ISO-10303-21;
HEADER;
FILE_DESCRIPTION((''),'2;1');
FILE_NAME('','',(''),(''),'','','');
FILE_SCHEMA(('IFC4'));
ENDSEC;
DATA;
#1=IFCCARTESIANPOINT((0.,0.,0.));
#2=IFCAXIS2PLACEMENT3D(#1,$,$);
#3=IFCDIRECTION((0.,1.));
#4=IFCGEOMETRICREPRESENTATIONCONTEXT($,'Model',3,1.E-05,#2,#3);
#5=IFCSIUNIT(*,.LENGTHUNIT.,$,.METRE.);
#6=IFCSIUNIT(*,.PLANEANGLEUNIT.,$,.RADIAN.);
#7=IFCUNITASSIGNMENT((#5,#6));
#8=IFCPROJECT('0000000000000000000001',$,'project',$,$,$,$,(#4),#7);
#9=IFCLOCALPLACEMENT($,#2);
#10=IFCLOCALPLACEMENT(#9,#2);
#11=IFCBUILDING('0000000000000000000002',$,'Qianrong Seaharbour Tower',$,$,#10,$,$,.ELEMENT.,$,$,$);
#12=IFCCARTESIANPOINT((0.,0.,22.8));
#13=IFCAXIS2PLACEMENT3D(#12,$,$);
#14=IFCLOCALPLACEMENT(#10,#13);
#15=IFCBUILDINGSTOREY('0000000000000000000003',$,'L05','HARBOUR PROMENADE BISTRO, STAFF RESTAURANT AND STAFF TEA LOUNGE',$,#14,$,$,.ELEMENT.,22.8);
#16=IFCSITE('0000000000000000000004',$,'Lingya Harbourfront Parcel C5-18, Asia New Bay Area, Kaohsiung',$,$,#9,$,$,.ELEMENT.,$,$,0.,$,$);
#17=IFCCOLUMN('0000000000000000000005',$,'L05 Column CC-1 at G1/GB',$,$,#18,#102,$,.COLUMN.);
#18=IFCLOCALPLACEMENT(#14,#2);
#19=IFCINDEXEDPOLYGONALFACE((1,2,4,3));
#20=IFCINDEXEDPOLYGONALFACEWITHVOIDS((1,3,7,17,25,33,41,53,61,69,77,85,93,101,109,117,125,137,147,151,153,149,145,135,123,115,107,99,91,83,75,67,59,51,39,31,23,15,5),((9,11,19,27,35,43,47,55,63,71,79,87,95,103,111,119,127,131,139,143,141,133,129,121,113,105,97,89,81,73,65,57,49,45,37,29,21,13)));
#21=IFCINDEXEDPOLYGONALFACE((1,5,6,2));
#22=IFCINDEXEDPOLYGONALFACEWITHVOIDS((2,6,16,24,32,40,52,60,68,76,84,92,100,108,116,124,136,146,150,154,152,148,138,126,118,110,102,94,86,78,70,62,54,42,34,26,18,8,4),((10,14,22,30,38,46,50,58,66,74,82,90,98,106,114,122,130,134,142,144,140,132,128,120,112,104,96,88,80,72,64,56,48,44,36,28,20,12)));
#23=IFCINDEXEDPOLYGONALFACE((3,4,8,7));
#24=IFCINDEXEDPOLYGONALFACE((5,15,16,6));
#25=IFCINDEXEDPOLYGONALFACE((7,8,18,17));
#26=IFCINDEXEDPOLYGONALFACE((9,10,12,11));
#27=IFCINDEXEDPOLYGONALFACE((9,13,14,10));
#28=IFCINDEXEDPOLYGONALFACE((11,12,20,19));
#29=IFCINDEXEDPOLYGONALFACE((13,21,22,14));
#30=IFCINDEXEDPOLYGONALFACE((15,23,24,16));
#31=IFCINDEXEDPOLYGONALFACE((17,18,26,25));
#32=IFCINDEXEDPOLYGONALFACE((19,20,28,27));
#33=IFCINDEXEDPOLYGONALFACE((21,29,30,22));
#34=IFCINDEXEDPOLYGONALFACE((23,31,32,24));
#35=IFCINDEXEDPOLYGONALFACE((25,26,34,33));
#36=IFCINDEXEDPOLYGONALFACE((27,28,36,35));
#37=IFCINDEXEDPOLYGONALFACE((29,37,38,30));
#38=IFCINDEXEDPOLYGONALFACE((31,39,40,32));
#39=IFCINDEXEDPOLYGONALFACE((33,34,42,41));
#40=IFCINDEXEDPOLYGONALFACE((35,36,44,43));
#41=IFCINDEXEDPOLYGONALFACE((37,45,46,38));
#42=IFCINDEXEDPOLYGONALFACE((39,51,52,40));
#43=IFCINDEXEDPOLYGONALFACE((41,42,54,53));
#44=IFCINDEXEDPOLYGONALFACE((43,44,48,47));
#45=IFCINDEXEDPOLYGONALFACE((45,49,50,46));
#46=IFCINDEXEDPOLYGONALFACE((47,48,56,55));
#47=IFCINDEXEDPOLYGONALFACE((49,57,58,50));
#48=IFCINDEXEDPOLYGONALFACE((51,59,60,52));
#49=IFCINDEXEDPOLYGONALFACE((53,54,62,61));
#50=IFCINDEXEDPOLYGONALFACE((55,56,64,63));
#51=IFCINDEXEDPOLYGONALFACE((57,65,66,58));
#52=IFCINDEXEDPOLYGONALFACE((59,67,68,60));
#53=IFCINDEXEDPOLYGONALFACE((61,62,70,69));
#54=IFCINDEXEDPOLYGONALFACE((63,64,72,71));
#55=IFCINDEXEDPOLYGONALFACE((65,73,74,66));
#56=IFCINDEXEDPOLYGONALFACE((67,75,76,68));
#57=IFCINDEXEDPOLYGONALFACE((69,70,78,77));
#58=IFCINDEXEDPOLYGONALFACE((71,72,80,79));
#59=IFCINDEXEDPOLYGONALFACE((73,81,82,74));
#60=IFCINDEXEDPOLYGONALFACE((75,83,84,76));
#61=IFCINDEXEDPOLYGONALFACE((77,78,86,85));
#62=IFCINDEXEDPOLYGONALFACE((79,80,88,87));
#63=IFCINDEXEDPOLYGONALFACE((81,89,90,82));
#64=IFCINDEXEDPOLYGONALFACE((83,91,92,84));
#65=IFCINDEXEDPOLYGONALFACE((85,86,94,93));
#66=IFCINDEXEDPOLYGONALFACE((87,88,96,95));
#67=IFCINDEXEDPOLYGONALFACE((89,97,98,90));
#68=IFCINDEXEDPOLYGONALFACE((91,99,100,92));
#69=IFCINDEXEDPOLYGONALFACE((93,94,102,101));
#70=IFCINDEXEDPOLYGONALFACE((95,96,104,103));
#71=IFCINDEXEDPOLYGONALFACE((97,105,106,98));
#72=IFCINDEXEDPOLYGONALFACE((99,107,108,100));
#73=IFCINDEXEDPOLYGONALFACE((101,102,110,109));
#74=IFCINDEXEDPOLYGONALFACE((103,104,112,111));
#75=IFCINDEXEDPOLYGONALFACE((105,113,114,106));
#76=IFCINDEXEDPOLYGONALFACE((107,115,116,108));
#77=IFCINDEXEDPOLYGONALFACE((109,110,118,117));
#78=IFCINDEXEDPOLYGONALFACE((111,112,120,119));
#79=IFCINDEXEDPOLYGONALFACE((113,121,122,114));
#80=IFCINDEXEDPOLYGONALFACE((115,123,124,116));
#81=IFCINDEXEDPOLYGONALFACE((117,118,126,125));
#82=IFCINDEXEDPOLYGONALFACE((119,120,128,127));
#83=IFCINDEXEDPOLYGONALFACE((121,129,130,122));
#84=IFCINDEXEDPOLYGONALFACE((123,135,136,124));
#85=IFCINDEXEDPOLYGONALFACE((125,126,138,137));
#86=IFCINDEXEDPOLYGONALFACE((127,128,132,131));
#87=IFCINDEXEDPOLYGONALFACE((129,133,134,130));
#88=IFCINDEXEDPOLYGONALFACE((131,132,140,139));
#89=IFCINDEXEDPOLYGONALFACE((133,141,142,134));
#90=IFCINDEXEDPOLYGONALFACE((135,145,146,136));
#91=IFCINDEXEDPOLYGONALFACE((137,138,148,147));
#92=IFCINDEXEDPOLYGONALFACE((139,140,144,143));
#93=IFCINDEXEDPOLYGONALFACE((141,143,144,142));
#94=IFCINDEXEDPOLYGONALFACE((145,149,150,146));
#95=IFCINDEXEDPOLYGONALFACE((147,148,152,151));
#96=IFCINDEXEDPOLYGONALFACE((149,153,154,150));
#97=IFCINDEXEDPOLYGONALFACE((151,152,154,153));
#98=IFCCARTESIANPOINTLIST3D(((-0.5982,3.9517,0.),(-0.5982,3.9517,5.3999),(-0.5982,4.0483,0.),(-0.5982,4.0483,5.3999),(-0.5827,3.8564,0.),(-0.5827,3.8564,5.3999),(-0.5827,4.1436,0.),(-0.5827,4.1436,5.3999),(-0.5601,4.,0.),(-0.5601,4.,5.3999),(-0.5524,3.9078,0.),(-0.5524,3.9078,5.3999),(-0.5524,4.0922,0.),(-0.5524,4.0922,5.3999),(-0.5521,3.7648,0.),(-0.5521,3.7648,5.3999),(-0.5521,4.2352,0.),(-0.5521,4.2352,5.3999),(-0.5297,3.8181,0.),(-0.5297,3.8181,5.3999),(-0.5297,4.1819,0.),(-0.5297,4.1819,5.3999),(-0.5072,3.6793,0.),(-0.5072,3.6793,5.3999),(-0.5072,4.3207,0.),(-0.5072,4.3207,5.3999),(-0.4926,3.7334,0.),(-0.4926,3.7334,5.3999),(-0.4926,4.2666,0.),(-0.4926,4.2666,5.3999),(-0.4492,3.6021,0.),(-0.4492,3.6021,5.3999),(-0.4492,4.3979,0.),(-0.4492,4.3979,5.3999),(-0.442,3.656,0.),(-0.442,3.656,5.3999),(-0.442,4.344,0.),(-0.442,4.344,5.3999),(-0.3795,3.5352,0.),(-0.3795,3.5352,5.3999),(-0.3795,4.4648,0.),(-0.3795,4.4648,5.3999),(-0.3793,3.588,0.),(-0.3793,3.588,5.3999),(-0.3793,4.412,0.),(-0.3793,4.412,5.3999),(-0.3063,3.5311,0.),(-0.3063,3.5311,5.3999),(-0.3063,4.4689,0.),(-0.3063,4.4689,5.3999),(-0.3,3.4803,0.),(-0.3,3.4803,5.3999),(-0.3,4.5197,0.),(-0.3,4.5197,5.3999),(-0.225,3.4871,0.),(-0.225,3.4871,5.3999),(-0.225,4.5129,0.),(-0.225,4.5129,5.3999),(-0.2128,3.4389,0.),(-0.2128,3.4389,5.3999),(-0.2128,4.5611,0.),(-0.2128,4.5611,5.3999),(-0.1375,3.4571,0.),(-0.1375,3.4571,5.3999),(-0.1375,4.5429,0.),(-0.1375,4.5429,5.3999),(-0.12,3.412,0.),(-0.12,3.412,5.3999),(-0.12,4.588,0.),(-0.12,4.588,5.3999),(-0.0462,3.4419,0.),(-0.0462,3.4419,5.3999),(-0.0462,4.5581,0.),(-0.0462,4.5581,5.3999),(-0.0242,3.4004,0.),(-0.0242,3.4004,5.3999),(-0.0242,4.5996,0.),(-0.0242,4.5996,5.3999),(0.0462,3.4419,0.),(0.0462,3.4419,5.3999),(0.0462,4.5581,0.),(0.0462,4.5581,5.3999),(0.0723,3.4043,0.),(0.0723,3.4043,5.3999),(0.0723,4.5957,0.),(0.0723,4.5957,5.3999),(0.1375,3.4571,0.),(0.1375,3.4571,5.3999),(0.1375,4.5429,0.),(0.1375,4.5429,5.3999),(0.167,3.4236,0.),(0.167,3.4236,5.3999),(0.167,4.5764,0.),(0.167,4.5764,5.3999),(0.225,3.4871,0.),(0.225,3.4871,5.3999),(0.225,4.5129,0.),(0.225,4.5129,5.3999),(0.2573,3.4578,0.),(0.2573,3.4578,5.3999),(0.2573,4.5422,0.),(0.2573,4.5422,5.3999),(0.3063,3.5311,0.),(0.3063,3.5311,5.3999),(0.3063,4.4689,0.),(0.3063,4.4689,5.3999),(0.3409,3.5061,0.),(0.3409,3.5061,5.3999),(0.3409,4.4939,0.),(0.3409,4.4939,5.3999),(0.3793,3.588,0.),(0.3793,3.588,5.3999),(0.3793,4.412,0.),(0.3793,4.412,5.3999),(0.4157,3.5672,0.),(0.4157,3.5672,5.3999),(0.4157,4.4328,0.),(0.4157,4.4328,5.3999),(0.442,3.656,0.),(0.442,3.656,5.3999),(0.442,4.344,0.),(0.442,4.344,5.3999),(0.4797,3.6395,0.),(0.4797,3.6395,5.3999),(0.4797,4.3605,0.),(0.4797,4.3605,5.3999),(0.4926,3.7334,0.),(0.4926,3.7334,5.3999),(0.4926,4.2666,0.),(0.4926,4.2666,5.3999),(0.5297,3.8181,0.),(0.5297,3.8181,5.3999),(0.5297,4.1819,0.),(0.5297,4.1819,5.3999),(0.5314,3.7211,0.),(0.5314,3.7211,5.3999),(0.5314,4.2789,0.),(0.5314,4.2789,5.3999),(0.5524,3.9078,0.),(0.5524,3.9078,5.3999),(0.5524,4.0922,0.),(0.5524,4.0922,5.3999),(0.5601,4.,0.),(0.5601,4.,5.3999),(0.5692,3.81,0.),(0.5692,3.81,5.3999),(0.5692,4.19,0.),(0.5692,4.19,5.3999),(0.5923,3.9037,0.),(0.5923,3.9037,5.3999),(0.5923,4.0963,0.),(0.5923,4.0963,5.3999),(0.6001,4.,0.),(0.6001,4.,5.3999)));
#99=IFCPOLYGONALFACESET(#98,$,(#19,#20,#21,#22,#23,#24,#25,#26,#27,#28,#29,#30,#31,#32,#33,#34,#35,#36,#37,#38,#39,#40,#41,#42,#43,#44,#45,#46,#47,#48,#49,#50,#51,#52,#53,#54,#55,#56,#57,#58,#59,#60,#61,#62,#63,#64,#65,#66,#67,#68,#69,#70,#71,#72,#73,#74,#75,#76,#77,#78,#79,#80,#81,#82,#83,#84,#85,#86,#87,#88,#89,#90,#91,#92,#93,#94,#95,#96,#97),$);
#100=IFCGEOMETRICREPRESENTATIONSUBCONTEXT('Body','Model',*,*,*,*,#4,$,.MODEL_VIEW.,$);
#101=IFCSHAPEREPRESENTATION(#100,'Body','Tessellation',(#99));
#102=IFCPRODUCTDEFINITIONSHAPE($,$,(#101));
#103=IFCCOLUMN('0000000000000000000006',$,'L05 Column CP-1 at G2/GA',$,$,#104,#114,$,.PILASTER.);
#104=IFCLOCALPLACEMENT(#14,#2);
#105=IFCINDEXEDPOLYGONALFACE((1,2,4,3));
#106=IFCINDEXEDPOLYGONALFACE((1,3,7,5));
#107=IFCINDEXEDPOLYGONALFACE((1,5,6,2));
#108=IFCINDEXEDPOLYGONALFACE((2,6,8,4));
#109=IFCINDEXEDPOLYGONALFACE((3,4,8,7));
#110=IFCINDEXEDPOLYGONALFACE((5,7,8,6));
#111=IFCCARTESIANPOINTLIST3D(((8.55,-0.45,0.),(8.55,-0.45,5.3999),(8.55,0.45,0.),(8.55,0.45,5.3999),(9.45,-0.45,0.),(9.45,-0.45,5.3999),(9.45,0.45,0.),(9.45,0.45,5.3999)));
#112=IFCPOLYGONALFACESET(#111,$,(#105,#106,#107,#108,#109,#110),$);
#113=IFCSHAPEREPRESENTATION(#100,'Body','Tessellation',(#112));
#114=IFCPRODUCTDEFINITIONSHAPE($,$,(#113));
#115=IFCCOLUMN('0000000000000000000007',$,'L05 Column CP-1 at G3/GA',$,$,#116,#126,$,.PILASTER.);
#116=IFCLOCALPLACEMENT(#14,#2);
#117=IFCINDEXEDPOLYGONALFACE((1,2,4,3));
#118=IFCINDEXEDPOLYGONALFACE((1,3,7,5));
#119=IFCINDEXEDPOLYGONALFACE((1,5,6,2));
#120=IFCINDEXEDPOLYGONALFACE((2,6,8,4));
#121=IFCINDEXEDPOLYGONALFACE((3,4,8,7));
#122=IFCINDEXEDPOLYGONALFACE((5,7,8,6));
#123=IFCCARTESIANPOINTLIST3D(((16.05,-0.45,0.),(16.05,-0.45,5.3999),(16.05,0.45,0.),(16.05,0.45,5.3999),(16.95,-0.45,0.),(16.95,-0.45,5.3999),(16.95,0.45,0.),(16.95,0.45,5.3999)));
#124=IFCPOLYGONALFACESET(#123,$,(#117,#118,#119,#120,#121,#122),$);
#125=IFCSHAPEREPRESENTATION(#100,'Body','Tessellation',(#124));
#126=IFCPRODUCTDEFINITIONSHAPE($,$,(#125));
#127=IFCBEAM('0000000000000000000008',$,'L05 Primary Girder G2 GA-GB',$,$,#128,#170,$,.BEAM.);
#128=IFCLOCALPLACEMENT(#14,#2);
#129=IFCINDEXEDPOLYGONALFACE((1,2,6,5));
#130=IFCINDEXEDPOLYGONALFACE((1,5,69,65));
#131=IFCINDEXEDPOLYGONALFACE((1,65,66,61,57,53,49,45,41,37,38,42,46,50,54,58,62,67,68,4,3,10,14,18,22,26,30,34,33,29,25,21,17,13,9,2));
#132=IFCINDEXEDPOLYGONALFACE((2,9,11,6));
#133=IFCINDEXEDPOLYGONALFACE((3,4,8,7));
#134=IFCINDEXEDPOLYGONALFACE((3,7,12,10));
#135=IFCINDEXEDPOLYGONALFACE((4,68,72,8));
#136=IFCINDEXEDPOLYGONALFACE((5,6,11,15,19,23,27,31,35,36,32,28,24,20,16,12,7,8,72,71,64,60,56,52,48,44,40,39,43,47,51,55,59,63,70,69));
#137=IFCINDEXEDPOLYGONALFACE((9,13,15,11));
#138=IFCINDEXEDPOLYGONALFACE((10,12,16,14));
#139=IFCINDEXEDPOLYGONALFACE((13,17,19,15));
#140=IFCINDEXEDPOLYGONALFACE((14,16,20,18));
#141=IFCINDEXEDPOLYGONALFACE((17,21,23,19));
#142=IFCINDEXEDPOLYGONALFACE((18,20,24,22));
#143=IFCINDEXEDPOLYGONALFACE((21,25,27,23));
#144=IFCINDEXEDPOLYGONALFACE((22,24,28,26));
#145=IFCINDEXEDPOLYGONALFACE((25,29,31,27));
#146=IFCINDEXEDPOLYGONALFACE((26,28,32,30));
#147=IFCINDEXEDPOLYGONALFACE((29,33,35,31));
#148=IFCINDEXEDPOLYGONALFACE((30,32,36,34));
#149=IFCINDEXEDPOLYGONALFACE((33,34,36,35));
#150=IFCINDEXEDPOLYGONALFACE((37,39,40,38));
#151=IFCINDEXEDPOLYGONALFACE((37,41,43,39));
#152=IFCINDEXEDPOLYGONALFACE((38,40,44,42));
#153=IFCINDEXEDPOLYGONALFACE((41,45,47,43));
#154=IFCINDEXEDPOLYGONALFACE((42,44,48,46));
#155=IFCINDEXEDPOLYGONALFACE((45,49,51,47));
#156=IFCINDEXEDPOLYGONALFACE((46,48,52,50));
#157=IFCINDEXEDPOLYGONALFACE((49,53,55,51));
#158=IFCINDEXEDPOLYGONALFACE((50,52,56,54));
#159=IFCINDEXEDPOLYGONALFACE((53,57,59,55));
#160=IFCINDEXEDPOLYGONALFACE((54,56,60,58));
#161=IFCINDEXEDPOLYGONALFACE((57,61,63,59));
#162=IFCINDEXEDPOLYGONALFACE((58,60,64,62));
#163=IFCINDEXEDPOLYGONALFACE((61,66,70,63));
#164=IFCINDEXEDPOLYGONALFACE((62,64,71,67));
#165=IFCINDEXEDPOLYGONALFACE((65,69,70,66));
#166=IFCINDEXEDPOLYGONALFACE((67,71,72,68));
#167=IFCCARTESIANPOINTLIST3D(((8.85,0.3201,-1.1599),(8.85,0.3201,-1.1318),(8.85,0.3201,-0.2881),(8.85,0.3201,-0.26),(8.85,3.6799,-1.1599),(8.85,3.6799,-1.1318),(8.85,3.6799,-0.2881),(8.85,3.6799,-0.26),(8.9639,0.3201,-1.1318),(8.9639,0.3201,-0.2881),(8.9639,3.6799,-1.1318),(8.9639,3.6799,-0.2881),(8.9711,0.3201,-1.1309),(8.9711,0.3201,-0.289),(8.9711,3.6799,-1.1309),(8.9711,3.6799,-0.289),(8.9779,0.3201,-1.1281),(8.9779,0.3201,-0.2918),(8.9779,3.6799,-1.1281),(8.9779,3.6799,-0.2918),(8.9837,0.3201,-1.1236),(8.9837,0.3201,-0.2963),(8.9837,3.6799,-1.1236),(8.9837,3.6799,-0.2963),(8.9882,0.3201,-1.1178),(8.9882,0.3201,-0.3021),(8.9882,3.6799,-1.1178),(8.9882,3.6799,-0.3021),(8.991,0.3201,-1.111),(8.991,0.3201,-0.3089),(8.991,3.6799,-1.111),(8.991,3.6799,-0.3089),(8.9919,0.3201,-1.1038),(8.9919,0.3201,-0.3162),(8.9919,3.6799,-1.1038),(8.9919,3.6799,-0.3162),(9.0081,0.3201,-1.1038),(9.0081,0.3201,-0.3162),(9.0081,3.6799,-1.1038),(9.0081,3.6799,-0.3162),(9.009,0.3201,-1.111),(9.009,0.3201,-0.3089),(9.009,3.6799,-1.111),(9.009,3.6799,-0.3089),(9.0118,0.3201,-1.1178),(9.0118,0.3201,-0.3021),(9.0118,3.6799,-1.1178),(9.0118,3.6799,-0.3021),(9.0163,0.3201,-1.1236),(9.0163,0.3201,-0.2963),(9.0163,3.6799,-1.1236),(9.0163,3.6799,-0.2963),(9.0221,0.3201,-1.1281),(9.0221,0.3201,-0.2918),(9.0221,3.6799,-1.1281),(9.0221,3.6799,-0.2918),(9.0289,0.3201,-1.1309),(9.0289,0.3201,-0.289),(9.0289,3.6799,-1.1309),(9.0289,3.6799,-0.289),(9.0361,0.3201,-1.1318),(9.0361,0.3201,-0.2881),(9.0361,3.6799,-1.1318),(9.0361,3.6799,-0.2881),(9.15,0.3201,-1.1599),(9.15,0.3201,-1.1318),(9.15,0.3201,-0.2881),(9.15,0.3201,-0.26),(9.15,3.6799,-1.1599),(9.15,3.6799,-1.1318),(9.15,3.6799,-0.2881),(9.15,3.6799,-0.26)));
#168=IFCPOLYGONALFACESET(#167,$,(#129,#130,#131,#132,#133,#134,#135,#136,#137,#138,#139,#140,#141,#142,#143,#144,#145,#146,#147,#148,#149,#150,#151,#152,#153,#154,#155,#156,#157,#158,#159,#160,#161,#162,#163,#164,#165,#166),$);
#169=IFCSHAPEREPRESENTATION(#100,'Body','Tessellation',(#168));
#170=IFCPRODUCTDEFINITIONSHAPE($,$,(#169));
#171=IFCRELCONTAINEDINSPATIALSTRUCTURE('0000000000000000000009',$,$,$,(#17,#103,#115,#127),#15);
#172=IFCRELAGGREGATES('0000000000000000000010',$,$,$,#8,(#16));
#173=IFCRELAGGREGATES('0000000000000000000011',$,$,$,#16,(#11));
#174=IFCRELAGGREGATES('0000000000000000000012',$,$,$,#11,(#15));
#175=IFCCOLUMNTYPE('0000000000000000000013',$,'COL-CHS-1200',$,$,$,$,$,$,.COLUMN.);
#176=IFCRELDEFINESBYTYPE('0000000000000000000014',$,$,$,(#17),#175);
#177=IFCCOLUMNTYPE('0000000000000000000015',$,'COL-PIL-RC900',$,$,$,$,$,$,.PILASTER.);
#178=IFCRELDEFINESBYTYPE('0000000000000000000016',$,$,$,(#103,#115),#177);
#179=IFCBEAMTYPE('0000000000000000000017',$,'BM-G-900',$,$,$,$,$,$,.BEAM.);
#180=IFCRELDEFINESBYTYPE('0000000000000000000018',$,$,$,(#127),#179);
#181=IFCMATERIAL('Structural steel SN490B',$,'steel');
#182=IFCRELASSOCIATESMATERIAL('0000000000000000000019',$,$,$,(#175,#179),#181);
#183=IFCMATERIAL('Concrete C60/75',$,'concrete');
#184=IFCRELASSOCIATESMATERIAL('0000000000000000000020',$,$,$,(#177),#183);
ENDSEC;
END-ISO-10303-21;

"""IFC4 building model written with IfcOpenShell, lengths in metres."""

from ifc_helpers import new_model, si_unit, direction, frame, origin, origin_2d, place, context, subcontext, project, spatial, rectangle, hollow_circle, i_section, extrude, material, material_profile, profile_set, type_object, element, save


model = new_model("IFC4")

# Units and contexts
model_context = context("Model", 3, precision=1e-05, world=origin(), true_north=direction((0.0, 1.0)))
body_context = subcontext(model_context, "Body", "Model", "MODEL_VIEW")
ifc_project = project(units=[si_unit("LENGTHUNIT", "METRE"), si_unit("PLANEANGLEUNIT", "RADIAN")], contexts=[model_context])

# Site, building, storey
site_placement = place(None, origin())
site = spatial("IfcSite", under=ifc_project, at=site_placement, Name="Lingya Harbourfront Parcel C5-18, Asia New Bay Area, Kaohsiung", CompositionType="ELEMENT", RefElevation=0.0)
building_placement = place(site_placement, origin())
building = spatial("IfcBuilding", under=site, at=building_placement, Name="Qianrong Seaharbour Tower", CompositionType="ELEMENT")
storey_placement = place(building_placement, frame((0.0, 0.0, 22.8)))
storey = spatial("IfcBuildingStorey", under=building, at=storey_placement, Name="L05", Description="HARBOUR PROMENADE BISTRO, STAFF RESTAURANT AND STAFF TEA LOUNGE", CompositionType="ELEMENT", Elevation=22.8)

# Columns
ifc_material_1 = material(Name="Structural steel SN490B", Category="steel")
ifc_material_profile_1 = material_profile(ifc_material_1, hollow_circle(Radius=0.6001, WallThickness=0.04, at=origin_2d()), Name="CHS1200x40")
ifc_profile_set_1 = profile_set([ifc_material_profile_1], Name="Structural steel SN490B")
column_type_1 = type_object("IfcColumnType", Name="COL-CHS-1200", PredefinedType="COLUMN", material=ifc_profile_set_1)
column_placement = place(storey_placement, frame((0.0, 4.0, 0.0), z_axis=(0.0, 0.0, 1.0), x_axis=(1.0, 0.0, 0.0)))
element("IfcColumn", 1, at=column_placement, inside=storey, type_object=column_type_1, Name="L05 Column CC-1 at G1/GB", PredefinedType="COLUMN", context=body_context, shape_type="SweptSolid", body=[
    extrude(hollow_circle(Radius=0.6001, WallThickness=0.04, at=origin_2d()), origin(), (0.0, 0.0, 1.0), 5.3999),
])
ifc_material_2 = material(Name="Concrete C60/75", Category="concrete")
ifc_material_profile_2 = material_profile(ifc_material_2, rectangle(XDim=0.8999, YDim=0.8999, at=origin_2d()), Name="RC900x900")
ifc_profile_set_2 = profile_set([ifc_material_profile_2], Name="Concrete C60/75")
column_type_2 = type_object("IfcColumnType", Name="COL-PIL-RC900", PredefinedType="PILASTER", material=ifc_profile_set_2)
for number, where, z_axis, x_axis, name in (
    (2, (9.0, 0.0, 0.0), (0.0, 0.0, 1.0), (1.0, 0.0, 0.0), "L05 Column CP-1 at G2/GA"),
    (3, (16.5, 0.0, 0.0), (0.0, 0.0, 1.0), (1.0, 0.0, 0.0), "L05 Column CP-1 at G3/GA"),
):
    element("IfcColumn", number, at=place(storey_placement, frame(where, z_axis=z_axis, x_axis=x_axis)), inside=storey, type_object=column_type_2, Name=name, PredefinedType="PILASTER", context=body_context, shape_type="SweptSolid", body=[
        extrude(rectangle(XDim=0.8999, YDim=0.8999, at=origin_2d()), origin(), (0.0, 0.0, 1.0), 5.3999),
    ])

# Beam
ifc_material_profile_3 = material_profile(ifc_material_1, i_section(OverallWidth=0.3, OverallDepth=0.8999, WebThickness=0.0161, FlangeThickness=0.0281, FilletRadius=0.0281, at=origin_2d()), Name="H900x300x16x28")
ifc_profile_set_3 = profile_set([ifc_material_profile_3], Name="Structural steel SN490B")
beam_type_1 = type_object("IfcBeamType", Name="BM-G-900", PredefinedType="BEAM", material=ifc_profile_set_3)
beam_1_placement = place(storey_placement, frame((9.0, 0.3201, -0.71), z_axis=(0.0, 1.0, 0.0), x_axis=(-1.0, 0.0, 0.0)))
element("IfcBeam", 4, at=beam_1_placement, inside=storey, type_object=beam_type_1, Name="L05 Primary Girder G2 GA-GB", PredefinedType="BEAM", context=body_context, shape_type="SweptSolid", body=[
    extrude(i_section(OverallWidth=0.3, OverallDepth=0.8999, WebThickness=0.0161, FlangeThickness=0.0281, FilletRadius=0.0281, at=origin_2d()), origin(), (0.0, 0.0, 1.0), 3.3599),
])

save(model, "model.ifc")
